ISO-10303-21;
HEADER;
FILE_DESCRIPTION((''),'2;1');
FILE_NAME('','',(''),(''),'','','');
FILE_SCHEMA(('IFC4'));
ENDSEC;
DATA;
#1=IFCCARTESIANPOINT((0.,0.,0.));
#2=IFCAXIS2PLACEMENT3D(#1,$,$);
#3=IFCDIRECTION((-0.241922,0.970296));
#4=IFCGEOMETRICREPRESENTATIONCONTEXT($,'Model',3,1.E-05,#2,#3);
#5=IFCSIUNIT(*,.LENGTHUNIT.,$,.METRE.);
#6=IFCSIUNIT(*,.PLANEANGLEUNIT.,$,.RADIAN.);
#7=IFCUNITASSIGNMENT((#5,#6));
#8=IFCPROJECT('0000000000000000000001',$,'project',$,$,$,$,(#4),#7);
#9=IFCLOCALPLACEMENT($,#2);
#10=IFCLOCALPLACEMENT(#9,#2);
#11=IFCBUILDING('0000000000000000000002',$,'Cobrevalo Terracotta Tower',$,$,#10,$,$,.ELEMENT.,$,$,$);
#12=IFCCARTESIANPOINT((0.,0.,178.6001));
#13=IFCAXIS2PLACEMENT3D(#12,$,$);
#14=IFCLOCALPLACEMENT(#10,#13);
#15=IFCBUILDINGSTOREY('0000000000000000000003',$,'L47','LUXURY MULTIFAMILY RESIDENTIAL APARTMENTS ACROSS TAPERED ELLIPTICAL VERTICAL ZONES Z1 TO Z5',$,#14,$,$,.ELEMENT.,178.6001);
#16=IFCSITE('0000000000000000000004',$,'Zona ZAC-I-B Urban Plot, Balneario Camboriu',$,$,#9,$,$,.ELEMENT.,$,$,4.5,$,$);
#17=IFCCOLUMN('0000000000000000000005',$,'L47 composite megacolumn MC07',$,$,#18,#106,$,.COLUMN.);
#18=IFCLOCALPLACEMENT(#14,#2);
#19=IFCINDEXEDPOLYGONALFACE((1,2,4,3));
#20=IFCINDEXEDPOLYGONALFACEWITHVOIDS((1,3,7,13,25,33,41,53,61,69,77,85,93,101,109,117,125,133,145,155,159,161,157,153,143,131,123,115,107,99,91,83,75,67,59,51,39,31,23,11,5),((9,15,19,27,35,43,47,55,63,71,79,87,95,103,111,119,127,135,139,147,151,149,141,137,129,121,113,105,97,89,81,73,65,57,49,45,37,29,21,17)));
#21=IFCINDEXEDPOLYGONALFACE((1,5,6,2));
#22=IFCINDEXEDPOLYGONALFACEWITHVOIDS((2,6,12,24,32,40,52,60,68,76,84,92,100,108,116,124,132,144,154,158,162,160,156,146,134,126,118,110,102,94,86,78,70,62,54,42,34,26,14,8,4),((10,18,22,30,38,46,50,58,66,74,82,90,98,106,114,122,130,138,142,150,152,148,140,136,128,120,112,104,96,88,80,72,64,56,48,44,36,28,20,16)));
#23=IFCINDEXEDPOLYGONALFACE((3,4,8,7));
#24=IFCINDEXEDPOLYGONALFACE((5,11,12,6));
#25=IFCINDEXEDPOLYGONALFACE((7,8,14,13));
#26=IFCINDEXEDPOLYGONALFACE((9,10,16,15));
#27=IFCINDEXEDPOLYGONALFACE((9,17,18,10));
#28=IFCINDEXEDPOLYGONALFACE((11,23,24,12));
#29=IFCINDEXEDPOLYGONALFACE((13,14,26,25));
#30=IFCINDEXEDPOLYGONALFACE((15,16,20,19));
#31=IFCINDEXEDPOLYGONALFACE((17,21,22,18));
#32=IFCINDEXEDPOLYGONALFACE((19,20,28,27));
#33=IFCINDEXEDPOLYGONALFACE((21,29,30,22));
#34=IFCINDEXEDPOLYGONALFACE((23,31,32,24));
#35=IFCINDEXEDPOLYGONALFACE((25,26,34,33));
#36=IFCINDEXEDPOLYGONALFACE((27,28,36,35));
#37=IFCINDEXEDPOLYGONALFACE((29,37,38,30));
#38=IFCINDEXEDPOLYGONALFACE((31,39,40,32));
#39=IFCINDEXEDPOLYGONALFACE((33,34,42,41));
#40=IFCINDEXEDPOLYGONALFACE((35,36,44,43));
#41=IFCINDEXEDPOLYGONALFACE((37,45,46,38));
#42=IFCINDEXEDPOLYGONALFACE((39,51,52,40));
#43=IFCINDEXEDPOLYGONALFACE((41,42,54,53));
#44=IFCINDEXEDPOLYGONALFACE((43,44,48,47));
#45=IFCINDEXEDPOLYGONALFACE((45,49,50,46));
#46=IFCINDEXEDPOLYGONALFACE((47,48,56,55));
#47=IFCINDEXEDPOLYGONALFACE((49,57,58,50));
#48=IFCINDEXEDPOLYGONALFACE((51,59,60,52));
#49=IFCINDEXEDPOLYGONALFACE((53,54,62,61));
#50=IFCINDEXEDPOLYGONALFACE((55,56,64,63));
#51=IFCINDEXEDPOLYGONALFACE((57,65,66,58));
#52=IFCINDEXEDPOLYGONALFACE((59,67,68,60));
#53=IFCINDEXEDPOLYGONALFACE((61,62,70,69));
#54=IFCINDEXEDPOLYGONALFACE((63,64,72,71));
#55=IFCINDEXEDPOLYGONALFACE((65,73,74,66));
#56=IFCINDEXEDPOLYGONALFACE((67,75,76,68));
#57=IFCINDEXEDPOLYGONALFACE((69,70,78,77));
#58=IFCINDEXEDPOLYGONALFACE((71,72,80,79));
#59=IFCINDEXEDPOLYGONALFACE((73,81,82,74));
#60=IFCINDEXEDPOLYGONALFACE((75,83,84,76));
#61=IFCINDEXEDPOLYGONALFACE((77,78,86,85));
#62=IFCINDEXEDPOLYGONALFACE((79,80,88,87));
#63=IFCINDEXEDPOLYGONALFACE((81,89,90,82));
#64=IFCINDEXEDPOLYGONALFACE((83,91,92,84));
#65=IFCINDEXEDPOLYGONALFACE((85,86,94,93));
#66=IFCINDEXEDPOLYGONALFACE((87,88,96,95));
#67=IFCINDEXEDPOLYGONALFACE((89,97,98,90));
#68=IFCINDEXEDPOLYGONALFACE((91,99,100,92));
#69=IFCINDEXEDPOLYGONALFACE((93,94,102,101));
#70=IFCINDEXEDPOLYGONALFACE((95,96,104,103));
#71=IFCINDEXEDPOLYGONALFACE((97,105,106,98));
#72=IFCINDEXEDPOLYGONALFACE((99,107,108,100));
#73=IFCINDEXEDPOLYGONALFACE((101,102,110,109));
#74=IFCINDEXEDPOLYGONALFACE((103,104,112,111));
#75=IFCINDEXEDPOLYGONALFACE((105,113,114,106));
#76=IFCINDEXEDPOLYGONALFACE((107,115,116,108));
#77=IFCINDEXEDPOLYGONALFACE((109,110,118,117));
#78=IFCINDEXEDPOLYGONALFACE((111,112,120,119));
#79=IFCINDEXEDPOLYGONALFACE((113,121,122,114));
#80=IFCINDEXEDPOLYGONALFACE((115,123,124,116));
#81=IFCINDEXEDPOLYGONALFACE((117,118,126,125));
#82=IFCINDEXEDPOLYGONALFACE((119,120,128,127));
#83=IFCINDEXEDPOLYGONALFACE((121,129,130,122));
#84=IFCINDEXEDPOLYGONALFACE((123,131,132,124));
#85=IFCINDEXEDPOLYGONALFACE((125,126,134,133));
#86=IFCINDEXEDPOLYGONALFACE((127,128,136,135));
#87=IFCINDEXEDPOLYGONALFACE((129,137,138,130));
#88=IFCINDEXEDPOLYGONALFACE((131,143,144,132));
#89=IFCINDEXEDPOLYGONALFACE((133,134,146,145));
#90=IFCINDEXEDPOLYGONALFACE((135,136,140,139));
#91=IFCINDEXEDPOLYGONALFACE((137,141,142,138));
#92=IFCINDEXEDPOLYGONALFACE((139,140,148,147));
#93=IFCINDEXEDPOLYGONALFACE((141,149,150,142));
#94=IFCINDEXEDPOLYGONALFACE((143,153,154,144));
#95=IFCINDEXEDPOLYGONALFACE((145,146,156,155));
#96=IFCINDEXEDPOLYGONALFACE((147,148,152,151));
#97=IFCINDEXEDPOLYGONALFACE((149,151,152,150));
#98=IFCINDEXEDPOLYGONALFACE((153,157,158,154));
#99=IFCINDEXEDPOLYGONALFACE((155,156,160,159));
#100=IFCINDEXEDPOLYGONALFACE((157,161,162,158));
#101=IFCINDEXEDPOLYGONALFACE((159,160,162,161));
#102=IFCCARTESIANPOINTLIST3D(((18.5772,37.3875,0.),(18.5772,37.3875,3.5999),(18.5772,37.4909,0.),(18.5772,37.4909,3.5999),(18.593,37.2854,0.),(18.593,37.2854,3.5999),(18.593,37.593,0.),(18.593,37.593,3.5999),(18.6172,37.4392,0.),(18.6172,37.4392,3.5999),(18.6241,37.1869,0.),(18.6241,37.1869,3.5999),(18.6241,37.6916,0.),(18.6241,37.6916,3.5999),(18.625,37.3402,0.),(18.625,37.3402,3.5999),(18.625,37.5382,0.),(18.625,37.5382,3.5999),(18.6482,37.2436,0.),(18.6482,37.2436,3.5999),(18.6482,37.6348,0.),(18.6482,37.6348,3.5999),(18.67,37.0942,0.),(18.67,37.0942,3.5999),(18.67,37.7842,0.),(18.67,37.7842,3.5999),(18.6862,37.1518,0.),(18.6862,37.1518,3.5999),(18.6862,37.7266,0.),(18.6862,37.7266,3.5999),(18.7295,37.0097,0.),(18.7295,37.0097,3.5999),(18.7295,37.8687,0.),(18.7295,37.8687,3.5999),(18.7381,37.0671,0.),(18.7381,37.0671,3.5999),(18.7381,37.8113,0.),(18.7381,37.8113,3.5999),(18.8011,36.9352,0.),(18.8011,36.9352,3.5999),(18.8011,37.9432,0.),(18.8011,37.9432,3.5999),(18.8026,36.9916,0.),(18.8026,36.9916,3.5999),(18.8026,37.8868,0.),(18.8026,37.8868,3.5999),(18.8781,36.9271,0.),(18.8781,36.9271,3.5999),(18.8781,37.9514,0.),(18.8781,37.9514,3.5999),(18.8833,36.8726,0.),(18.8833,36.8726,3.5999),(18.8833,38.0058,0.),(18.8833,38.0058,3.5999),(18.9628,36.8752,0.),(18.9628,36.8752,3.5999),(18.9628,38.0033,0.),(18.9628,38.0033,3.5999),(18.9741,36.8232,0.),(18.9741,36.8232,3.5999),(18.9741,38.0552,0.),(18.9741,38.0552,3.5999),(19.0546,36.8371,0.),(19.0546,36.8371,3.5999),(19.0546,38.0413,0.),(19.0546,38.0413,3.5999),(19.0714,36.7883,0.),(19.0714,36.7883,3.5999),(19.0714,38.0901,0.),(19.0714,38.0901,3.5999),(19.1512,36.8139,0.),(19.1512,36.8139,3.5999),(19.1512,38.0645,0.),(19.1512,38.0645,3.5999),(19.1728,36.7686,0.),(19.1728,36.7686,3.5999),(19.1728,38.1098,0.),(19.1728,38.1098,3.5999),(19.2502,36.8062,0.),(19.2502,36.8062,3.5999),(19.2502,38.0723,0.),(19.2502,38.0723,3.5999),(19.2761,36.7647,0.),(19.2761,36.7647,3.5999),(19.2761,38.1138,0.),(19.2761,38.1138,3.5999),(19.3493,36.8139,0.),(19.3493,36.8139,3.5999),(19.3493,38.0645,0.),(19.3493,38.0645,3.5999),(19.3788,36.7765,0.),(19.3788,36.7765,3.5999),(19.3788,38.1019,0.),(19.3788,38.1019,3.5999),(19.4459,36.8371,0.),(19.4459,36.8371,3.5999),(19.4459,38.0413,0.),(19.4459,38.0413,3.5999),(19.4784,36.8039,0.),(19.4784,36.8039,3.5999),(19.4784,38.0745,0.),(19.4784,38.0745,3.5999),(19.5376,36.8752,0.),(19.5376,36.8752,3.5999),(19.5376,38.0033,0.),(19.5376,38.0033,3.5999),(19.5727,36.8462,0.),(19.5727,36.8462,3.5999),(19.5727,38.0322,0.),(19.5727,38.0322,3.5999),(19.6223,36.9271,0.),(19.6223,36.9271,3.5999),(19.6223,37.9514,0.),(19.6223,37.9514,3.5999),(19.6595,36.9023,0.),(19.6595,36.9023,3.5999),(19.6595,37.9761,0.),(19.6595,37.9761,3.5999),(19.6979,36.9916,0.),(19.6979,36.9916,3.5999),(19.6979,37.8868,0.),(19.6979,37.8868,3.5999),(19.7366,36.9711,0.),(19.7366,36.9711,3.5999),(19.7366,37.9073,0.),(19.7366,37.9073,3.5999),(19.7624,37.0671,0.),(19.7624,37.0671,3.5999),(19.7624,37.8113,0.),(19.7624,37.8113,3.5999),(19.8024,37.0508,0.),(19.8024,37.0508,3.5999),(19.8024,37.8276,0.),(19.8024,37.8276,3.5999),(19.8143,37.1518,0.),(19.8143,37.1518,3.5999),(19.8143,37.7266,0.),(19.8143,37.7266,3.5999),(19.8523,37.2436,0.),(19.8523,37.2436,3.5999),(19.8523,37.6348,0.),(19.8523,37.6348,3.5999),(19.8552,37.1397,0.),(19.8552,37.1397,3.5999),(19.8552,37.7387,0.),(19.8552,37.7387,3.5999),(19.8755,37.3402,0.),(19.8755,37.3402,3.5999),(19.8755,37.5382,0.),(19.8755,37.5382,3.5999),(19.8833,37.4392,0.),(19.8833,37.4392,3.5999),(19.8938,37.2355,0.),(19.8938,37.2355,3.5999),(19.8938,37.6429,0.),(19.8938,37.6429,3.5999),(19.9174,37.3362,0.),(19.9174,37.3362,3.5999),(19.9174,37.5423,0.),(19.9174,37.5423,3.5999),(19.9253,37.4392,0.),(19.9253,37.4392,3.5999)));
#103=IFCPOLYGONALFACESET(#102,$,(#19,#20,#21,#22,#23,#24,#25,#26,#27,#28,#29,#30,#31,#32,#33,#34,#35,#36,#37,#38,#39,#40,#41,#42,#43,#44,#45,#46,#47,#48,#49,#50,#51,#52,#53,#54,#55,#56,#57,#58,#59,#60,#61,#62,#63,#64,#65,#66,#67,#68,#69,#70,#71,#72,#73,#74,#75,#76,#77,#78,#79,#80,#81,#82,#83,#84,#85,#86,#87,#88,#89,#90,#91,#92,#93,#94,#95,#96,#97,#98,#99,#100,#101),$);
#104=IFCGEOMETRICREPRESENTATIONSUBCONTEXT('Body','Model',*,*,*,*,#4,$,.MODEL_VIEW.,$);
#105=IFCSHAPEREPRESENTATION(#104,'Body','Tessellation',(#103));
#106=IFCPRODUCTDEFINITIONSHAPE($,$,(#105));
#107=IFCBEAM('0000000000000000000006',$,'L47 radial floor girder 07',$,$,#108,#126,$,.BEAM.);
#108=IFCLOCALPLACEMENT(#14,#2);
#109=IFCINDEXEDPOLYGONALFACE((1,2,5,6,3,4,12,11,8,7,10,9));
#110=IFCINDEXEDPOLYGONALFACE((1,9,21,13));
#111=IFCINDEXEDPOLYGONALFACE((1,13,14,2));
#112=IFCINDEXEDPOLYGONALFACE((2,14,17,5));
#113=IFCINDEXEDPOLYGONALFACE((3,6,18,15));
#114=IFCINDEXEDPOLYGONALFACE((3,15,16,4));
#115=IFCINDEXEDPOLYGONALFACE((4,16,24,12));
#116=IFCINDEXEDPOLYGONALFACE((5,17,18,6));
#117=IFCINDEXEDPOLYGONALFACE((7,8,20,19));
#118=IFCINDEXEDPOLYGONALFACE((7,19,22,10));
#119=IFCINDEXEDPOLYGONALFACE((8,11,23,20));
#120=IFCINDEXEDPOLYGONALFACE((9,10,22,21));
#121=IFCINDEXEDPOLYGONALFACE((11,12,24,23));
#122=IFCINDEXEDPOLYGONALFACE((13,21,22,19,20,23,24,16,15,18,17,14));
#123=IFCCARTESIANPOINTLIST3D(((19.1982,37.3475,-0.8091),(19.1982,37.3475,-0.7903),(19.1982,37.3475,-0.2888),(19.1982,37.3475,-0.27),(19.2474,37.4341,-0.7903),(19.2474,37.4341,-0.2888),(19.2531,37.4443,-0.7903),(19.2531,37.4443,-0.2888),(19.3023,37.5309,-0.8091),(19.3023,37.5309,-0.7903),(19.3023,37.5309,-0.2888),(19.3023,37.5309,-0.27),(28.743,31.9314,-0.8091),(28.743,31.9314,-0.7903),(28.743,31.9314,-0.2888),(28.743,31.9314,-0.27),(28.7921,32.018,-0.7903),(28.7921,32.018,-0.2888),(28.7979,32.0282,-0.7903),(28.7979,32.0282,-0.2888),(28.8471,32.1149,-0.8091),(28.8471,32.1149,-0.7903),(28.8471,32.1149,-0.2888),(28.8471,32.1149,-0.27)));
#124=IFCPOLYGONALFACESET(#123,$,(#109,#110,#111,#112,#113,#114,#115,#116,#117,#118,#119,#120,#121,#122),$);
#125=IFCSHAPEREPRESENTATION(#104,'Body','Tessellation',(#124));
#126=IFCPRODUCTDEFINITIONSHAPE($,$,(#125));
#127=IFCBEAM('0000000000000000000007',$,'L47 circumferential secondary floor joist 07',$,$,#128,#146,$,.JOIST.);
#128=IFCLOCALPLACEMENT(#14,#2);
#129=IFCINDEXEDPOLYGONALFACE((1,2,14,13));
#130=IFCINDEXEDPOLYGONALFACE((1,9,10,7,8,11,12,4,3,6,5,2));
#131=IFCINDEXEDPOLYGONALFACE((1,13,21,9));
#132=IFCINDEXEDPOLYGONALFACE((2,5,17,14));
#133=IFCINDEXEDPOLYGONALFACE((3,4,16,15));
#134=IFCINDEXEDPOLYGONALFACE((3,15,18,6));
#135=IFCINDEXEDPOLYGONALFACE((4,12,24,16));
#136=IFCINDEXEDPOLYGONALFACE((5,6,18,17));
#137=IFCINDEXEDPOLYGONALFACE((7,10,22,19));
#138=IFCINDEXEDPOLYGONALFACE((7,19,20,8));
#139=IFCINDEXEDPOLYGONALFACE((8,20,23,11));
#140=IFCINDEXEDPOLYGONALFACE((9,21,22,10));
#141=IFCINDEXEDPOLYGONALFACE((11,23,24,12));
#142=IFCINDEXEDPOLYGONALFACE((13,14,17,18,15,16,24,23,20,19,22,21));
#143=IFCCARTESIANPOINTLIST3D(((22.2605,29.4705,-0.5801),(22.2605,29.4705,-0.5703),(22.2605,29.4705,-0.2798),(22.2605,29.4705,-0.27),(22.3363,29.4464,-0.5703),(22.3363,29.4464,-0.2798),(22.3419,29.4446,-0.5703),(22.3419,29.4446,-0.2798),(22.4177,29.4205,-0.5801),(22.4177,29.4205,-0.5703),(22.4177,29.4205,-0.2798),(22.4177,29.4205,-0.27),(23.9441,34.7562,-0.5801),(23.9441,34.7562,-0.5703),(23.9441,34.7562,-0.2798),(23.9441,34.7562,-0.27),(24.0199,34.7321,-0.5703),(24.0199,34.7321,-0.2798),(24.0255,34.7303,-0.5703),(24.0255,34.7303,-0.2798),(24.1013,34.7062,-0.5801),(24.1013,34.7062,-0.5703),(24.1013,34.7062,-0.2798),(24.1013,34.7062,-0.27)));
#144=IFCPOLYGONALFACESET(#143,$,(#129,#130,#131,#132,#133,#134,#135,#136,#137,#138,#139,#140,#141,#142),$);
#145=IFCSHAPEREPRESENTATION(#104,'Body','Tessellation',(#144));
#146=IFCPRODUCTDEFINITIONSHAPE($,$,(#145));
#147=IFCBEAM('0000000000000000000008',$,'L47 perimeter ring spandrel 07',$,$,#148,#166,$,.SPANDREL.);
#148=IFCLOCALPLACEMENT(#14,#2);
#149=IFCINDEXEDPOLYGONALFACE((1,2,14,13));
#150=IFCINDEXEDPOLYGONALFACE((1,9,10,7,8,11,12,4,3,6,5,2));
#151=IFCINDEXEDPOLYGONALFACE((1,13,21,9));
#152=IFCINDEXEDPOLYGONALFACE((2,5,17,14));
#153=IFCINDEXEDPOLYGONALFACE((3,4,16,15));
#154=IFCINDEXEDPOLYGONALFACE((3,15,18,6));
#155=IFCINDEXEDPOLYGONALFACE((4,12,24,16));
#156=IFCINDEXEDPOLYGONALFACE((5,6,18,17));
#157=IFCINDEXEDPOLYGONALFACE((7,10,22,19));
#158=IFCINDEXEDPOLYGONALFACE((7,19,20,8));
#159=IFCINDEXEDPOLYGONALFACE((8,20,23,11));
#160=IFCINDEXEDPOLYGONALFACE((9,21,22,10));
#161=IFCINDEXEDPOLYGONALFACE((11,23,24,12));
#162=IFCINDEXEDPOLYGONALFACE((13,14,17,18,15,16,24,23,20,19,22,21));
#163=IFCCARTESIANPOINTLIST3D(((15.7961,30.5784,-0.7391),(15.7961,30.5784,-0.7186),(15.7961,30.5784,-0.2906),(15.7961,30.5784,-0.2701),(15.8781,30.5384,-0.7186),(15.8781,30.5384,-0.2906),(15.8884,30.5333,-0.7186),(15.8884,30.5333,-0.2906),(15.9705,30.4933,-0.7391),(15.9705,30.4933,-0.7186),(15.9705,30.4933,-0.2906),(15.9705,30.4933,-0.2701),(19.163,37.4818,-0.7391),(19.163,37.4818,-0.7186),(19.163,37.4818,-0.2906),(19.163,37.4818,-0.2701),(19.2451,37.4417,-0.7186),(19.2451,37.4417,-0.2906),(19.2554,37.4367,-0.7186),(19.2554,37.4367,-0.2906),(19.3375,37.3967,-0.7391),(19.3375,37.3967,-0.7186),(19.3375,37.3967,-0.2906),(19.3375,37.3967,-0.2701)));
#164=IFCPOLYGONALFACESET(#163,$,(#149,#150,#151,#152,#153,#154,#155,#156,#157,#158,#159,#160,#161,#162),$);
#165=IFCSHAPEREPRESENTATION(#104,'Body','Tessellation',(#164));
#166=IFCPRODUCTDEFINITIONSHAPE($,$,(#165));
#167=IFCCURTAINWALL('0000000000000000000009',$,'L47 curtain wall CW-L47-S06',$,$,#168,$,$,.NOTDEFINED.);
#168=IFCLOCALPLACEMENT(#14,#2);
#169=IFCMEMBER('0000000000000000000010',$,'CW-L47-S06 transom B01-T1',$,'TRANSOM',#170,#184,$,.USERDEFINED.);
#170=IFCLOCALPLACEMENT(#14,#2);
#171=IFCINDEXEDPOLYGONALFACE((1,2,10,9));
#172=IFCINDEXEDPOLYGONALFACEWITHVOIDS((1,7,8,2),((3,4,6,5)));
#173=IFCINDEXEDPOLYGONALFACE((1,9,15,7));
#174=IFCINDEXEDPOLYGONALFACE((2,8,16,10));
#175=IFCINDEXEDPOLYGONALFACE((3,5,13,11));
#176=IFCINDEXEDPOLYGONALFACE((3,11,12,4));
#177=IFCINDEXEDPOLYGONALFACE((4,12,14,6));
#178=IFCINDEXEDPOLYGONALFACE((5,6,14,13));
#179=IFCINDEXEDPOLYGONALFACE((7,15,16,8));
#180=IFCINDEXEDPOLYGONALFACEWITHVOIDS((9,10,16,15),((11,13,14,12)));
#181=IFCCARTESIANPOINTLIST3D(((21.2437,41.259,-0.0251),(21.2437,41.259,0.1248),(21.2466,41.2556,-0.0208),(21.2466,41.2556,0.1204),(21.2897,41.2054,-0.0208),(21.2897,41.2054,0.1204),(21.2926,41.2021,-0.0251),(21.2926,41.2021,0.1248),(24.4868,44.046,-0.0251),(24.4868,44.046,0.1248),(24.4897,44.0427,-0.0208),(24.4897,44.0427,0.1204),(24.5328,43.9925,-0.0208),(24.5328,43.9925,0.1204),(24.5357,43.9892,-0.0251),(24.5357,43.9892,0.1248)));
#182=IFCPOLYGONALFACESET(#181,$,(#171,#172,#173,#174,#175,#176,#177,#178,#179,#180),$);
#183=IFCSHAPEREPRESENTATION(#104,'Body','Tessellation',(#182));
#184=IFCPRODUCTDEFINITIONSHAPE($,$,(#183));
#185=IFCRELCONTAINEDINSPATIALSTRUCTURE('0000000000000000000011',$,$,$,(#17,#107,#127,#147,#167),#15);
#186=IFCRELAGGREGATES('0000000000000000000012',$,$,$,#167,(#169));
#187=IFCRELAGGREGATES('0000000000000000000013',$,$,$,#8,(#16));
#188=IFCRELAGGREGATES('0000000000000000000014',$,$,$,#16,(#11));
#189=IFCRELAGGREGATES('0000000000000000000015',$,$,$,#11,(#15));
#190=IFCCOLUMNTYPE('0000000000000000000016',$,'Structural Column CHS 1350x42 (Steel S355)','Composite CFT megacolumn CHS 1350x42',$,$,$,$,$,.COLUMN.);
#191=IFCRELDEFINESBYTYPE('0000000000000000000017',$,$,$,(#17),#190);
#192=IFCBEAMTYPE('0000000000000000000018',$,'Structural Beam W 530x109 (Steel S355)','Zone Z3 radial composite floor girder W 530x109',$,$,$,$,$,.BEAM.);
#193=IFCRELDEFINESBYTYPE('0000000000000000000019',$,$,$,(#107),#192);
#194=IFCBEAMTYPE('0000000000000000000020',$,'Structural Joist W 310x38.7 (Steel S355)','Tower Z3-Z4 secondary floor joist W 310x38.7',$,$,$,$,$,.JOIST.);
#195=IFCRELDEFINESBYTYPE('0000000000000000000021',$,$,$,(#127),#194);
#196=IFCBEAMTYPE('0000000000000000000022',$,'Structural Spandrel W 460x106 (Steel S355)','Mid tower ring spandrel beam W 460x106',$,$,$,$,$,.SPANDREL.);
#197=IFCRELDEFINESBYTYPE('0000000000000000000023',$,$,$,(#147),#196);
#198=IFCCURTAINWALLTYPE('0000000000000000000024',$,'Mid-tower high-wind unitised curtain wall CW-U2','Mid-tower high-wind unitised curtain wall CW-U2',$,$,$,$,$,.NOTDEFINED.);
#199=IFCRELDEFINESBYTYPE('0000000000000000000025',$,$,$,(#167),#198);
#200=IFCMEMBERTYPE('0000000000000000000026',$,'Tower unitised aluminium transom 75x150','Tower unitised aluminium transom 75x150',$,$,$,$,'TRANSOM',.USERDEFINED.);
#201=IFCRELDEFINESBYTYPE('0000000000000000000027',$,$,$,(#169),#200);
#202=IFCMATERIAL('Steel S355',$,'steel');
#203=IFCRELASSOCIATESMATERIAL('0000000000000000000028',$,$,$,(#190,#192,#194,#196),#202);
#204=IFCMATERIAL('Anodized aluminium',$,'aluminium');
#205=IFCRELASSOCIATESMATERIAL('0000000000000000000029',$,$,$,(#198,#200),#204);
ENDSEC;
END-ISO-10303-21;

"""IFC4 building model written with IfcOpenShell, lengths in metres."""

from ifc_helpers import new_model, si_unit, direction, frame, origin, origin_2d, place, context, subcontext, project, spatial, hollow_rectangle, hollow_circle, i_section, extrude, source, transform, mapped, material, material_profile, profile_set, type_object, element, aggregate, save


model = new_model("IFC4")

# Units and contexts
model_context = context("Model", 3, precision=1e-05, world=origin(), true_north=direction((-0.241922, 0.970296)))
body_context = subcontext(model_context, "Body", "Model", "MODEL_VIEW")
ifc_project = project(units=[si_unit("LENGTHUNIT", "METRE"), si_unit("PLANEANGLEUNIT", "RADIAN")], contexts=[model_context])

# Site, building, storey
site_placement = place(None, origin())
site = spatial("IfcSite", under=ifc_project, at=site_placement, Name="Zona ZAC-I-B Urban Plot, Balneario Camboriu", CompositionType="ELEMENT", RefElevation=4.5)
building_placement = place(site_placement, origin())
building = spatial("IfcBuilding", under=site, at=building_placement, Name="Cobrevalo Terracotta Tower", CompositionType="ELEMENT")
storey_placement = place(building_placement, frame((0.0, 0.0, 178.6001)))
storey = spatial("IfcBuildingStorey", under=building, at=storey_placement, Name="L47", Description="LUXURY MULTIFAMILY RESIDENTIAL APARTMENTS ACROSS TAPERED ELLIPTICAL VERTICAL ZONES Z1 TO Z5", CompositionType="ELEMENT", Elevation=178.6001)

# Column
ifc_material_1 = material(Name="Steel S355", Category="steel")
ifc_material_profile_1 = material_profile(ifc_material_1, hollow_circle(Radius=0.675, WallThickness=0.042, at=origin_2d()), Name="CHS 1350x42")
ifc_profile_set_1 = profile_set([ifc_material_profile_1], Name="Steel S355")
column_type = type_object("IfcColumnType", Name="Structural Column CHS 1350x42 (Steel S355)", Description="Composite CFT megacolumn CHS 1350x42", PredefinedType="COLUMN", material=ifc_profile_set_1)
column_placement = place(storey_placement, frame((19.2502, 37.4392, 0.0), z_axis=(0.0, 0.0, 1.0), x_axis=(1.0, 0.0, 0.0)))
element("IfcColumn", 1, at=column_placement, inside=storey, type_object=column_type, Name="L47 composite megacolumn MC07", PredefinedType="COLUMN", context=body_context, shape_type="SweptSolid", body=[
    extrude(hollow_circle(Radius=0.675, WallThickness=0.042, at=origin_2d()), origin(), (0.0, 0.0, 1.0), 3.5999),
])

# Beams
ifc_material_profile_2 = material_profile(ifc_material_1, i_section(OverallWidth=0.2109, OverallDepth=0.5391, WebThickness=0.0117, FlangeThickness=0.0188, at=origin_2d()), Name="W 530x109")
ifc_profile_set_2 = profile_set([ifc_material_profile_2], Name="Steel S355")
beam_type_1 = type_object("IfcBeamType", Name="Structural Beam W 530x109 (Steel S355)", Description="Zone Z3 radial composite floor girder W 530x109", PredefinedType="BEAM", material=ifc_profile_set_2)
beam_1_placement = place(storey_placement, frame((19.2502, 37.4392, -0.5396), z_axis=(0.869734, -0.49352, 0.0), x_axis=(0.49352, 0.869734, 0.0)))
element("IfcBeam", 2, at=beam_1_placement, inside=storey, type_object=beam_type_1, Name="L47 radial floor girder 07", PredefinedType="BEAM", context=body_context, shape_type="SweptSolid", body=[
    extrude(i_section(OverallWidth=0.2109, OverallDepth=0.5391, WebThickness=0.0117, FlangeThickness=0.0188, at=origin_2d()), origin(), (0.0, 0.0, 1.0), 10.9744),
])
ifc_material_profile_3 = material_profile(ifc_material_1, i_section(OverallWidth=0.165, OverallDepth=0.3101, WebThickness=0.0059, FlangeThickness=0.0098, at=origin_2d()), Name="W 310x38.7")
ifc_profile_set_3 = profile_set([ifc_material_profile_3], Name="Steel S355")
beam_type_2 = type_object("IfcBeamType", Name="Structural Joist W 310x38.7 (Steel S355)", Description="Tower Z3-Z4 secondary floor joist W 310x38.7", PredefinedType="JOIST", material=ifc_profile_set_3)
beam_2_placement = place(storey_placement, frame((24.0227, 34.7312, -0.425), z_axis=(-0.303498, -0.952832, 0.0), x_axis=(0.952832, -0.303498, 0.0)))
element("IfcBeam", 3, at=beam_2_placement, inside=storey, type_object=beam_type_2, Name="L47 circumferential secondary floor joist 07", PredefinedType="JOIST", context=body_context, shape_type="SweptSolid", body=[
    extrude(i_section(OverallWidth=0.165, OverallDepth=0.3101, WebThickness=0.0059, FlangeThickness=0.0098, at=origin_2d()), origin(), (0.0, 0.0, 1.0), 5.5474),
])
ifc_material_profile_4 = material_profile(ifc_material_1, i_section(OverallWidth=0.1941, OverallDepth=0.469, WebThickness=0.0115, FlangeThickness=0.0205, at=origin_2d()), Name="W 460x106")
ifc_profile_set_4 = profile_set([ifc_material_profile_4], Name="Steel S355")
beam_type_3 = type_object("IfcBeamType", Name="Structural Spandrel W 460x106 (Steel S355)", Description="Mid tower ring spandrel beam W 460x106", PredefinedType="SPANDREL", material=ifc_profile_set_4)
beam_3_placement = place(storey_placement, frame((19.2502, 37.4392, -0.5046), z_axis=(-0.438368, -0.898796, 0.0), x_axis=(0.898796, -0.438368, 0.0)))
element("IfcBeam", 4, at=beam_3_placement, inside=storey, type_object=beam_type_3, Name="L47 perimeter ring spandrel 07", PredefinedType="SPANDREL", context=body_context, shape_type="SweptSolid", body=[
    extrude(i_section(OverallWidth=0.1941, OverallDepth=0.469, WebThickness=0.0115, FlangeThickness=0.0205, at=origin_2d()), origin(), (0.0, 0.0, 1.0), 7.6807),
])

# Curtain wall, member
ifc_material_2 = material(Name="Anodized aluminium", Category="aluminium")
curtain_wall_type = type_object("IfcCurtainWallType", Name="Mid-tower high-wind unitised curtain wall CW-U2", Description="Mid-tower high-wind unitised curtain wall CW-U2", PredefinedType="NOTDEFINED", material=ifc_material_2)
curtain_wall_1_placement = place(storey_placement, origin())
curtain_wall_1 = element("IfcCurtainWall", 5, at=curtain_wall_1_placement, inside=storey, type_object=curtain_wall_type, Name="L47 curtain wall CW-L47-S06", PredefinedType="NOTDEFINED")
ifc_material_profile_5 = material_profile(ifc_material_2, hollow_rectangle(XDim=0.075, YDim=0.1499, WallThickness=0.0044, at=origin_2d()), Name="CWT 75x150")
ifc_profile_set_5 = profile_set([ifc_material_profile_5], Name="Anodized aluminium")
member_type_1 = type_object("IfcMemberType", Name="Tower unitised aluminium transom 75x150", Description="Tower unitised aluminium transom 75x150", ElementType="TRANSOM", PredefinedType="USERDEFINED", material=ifc_profile_set_5)
shared_shape_1 = source(origin(), body_context, "Body", "SweptSolid", [
    extrude(hollow_rectangle(XDim=0.075, YDim=0.1499, WallThickness=0.0044, at=origin_2d()), origin(), (0.0, 0.0, 1.0), 4.2761),
])
member_1_placement = place(storey_placement, frame((24.5112, 44.0176, 0.0498), z_axis=(-0.758418, -0.651769, 0.0), x_axis=(0.651769, -0.758418, 0.0)))
member_1 = element("IfcMember", 6, at=member_1_placement, type_object=member_type_1, Name="CW-L47-S06 transom B01-T1", ObjectType="TRANSOM", PredefinedType="USERDEFINED", context=body_context, shape_type="MappedRepresentation", body=[
    mapped(shared_shape_1, transform((0.0, 0.0, 0.0), scale=1.0)),
])

aggregate(curtain_wall_1, [member_1])

save(model, "model.ifc")
